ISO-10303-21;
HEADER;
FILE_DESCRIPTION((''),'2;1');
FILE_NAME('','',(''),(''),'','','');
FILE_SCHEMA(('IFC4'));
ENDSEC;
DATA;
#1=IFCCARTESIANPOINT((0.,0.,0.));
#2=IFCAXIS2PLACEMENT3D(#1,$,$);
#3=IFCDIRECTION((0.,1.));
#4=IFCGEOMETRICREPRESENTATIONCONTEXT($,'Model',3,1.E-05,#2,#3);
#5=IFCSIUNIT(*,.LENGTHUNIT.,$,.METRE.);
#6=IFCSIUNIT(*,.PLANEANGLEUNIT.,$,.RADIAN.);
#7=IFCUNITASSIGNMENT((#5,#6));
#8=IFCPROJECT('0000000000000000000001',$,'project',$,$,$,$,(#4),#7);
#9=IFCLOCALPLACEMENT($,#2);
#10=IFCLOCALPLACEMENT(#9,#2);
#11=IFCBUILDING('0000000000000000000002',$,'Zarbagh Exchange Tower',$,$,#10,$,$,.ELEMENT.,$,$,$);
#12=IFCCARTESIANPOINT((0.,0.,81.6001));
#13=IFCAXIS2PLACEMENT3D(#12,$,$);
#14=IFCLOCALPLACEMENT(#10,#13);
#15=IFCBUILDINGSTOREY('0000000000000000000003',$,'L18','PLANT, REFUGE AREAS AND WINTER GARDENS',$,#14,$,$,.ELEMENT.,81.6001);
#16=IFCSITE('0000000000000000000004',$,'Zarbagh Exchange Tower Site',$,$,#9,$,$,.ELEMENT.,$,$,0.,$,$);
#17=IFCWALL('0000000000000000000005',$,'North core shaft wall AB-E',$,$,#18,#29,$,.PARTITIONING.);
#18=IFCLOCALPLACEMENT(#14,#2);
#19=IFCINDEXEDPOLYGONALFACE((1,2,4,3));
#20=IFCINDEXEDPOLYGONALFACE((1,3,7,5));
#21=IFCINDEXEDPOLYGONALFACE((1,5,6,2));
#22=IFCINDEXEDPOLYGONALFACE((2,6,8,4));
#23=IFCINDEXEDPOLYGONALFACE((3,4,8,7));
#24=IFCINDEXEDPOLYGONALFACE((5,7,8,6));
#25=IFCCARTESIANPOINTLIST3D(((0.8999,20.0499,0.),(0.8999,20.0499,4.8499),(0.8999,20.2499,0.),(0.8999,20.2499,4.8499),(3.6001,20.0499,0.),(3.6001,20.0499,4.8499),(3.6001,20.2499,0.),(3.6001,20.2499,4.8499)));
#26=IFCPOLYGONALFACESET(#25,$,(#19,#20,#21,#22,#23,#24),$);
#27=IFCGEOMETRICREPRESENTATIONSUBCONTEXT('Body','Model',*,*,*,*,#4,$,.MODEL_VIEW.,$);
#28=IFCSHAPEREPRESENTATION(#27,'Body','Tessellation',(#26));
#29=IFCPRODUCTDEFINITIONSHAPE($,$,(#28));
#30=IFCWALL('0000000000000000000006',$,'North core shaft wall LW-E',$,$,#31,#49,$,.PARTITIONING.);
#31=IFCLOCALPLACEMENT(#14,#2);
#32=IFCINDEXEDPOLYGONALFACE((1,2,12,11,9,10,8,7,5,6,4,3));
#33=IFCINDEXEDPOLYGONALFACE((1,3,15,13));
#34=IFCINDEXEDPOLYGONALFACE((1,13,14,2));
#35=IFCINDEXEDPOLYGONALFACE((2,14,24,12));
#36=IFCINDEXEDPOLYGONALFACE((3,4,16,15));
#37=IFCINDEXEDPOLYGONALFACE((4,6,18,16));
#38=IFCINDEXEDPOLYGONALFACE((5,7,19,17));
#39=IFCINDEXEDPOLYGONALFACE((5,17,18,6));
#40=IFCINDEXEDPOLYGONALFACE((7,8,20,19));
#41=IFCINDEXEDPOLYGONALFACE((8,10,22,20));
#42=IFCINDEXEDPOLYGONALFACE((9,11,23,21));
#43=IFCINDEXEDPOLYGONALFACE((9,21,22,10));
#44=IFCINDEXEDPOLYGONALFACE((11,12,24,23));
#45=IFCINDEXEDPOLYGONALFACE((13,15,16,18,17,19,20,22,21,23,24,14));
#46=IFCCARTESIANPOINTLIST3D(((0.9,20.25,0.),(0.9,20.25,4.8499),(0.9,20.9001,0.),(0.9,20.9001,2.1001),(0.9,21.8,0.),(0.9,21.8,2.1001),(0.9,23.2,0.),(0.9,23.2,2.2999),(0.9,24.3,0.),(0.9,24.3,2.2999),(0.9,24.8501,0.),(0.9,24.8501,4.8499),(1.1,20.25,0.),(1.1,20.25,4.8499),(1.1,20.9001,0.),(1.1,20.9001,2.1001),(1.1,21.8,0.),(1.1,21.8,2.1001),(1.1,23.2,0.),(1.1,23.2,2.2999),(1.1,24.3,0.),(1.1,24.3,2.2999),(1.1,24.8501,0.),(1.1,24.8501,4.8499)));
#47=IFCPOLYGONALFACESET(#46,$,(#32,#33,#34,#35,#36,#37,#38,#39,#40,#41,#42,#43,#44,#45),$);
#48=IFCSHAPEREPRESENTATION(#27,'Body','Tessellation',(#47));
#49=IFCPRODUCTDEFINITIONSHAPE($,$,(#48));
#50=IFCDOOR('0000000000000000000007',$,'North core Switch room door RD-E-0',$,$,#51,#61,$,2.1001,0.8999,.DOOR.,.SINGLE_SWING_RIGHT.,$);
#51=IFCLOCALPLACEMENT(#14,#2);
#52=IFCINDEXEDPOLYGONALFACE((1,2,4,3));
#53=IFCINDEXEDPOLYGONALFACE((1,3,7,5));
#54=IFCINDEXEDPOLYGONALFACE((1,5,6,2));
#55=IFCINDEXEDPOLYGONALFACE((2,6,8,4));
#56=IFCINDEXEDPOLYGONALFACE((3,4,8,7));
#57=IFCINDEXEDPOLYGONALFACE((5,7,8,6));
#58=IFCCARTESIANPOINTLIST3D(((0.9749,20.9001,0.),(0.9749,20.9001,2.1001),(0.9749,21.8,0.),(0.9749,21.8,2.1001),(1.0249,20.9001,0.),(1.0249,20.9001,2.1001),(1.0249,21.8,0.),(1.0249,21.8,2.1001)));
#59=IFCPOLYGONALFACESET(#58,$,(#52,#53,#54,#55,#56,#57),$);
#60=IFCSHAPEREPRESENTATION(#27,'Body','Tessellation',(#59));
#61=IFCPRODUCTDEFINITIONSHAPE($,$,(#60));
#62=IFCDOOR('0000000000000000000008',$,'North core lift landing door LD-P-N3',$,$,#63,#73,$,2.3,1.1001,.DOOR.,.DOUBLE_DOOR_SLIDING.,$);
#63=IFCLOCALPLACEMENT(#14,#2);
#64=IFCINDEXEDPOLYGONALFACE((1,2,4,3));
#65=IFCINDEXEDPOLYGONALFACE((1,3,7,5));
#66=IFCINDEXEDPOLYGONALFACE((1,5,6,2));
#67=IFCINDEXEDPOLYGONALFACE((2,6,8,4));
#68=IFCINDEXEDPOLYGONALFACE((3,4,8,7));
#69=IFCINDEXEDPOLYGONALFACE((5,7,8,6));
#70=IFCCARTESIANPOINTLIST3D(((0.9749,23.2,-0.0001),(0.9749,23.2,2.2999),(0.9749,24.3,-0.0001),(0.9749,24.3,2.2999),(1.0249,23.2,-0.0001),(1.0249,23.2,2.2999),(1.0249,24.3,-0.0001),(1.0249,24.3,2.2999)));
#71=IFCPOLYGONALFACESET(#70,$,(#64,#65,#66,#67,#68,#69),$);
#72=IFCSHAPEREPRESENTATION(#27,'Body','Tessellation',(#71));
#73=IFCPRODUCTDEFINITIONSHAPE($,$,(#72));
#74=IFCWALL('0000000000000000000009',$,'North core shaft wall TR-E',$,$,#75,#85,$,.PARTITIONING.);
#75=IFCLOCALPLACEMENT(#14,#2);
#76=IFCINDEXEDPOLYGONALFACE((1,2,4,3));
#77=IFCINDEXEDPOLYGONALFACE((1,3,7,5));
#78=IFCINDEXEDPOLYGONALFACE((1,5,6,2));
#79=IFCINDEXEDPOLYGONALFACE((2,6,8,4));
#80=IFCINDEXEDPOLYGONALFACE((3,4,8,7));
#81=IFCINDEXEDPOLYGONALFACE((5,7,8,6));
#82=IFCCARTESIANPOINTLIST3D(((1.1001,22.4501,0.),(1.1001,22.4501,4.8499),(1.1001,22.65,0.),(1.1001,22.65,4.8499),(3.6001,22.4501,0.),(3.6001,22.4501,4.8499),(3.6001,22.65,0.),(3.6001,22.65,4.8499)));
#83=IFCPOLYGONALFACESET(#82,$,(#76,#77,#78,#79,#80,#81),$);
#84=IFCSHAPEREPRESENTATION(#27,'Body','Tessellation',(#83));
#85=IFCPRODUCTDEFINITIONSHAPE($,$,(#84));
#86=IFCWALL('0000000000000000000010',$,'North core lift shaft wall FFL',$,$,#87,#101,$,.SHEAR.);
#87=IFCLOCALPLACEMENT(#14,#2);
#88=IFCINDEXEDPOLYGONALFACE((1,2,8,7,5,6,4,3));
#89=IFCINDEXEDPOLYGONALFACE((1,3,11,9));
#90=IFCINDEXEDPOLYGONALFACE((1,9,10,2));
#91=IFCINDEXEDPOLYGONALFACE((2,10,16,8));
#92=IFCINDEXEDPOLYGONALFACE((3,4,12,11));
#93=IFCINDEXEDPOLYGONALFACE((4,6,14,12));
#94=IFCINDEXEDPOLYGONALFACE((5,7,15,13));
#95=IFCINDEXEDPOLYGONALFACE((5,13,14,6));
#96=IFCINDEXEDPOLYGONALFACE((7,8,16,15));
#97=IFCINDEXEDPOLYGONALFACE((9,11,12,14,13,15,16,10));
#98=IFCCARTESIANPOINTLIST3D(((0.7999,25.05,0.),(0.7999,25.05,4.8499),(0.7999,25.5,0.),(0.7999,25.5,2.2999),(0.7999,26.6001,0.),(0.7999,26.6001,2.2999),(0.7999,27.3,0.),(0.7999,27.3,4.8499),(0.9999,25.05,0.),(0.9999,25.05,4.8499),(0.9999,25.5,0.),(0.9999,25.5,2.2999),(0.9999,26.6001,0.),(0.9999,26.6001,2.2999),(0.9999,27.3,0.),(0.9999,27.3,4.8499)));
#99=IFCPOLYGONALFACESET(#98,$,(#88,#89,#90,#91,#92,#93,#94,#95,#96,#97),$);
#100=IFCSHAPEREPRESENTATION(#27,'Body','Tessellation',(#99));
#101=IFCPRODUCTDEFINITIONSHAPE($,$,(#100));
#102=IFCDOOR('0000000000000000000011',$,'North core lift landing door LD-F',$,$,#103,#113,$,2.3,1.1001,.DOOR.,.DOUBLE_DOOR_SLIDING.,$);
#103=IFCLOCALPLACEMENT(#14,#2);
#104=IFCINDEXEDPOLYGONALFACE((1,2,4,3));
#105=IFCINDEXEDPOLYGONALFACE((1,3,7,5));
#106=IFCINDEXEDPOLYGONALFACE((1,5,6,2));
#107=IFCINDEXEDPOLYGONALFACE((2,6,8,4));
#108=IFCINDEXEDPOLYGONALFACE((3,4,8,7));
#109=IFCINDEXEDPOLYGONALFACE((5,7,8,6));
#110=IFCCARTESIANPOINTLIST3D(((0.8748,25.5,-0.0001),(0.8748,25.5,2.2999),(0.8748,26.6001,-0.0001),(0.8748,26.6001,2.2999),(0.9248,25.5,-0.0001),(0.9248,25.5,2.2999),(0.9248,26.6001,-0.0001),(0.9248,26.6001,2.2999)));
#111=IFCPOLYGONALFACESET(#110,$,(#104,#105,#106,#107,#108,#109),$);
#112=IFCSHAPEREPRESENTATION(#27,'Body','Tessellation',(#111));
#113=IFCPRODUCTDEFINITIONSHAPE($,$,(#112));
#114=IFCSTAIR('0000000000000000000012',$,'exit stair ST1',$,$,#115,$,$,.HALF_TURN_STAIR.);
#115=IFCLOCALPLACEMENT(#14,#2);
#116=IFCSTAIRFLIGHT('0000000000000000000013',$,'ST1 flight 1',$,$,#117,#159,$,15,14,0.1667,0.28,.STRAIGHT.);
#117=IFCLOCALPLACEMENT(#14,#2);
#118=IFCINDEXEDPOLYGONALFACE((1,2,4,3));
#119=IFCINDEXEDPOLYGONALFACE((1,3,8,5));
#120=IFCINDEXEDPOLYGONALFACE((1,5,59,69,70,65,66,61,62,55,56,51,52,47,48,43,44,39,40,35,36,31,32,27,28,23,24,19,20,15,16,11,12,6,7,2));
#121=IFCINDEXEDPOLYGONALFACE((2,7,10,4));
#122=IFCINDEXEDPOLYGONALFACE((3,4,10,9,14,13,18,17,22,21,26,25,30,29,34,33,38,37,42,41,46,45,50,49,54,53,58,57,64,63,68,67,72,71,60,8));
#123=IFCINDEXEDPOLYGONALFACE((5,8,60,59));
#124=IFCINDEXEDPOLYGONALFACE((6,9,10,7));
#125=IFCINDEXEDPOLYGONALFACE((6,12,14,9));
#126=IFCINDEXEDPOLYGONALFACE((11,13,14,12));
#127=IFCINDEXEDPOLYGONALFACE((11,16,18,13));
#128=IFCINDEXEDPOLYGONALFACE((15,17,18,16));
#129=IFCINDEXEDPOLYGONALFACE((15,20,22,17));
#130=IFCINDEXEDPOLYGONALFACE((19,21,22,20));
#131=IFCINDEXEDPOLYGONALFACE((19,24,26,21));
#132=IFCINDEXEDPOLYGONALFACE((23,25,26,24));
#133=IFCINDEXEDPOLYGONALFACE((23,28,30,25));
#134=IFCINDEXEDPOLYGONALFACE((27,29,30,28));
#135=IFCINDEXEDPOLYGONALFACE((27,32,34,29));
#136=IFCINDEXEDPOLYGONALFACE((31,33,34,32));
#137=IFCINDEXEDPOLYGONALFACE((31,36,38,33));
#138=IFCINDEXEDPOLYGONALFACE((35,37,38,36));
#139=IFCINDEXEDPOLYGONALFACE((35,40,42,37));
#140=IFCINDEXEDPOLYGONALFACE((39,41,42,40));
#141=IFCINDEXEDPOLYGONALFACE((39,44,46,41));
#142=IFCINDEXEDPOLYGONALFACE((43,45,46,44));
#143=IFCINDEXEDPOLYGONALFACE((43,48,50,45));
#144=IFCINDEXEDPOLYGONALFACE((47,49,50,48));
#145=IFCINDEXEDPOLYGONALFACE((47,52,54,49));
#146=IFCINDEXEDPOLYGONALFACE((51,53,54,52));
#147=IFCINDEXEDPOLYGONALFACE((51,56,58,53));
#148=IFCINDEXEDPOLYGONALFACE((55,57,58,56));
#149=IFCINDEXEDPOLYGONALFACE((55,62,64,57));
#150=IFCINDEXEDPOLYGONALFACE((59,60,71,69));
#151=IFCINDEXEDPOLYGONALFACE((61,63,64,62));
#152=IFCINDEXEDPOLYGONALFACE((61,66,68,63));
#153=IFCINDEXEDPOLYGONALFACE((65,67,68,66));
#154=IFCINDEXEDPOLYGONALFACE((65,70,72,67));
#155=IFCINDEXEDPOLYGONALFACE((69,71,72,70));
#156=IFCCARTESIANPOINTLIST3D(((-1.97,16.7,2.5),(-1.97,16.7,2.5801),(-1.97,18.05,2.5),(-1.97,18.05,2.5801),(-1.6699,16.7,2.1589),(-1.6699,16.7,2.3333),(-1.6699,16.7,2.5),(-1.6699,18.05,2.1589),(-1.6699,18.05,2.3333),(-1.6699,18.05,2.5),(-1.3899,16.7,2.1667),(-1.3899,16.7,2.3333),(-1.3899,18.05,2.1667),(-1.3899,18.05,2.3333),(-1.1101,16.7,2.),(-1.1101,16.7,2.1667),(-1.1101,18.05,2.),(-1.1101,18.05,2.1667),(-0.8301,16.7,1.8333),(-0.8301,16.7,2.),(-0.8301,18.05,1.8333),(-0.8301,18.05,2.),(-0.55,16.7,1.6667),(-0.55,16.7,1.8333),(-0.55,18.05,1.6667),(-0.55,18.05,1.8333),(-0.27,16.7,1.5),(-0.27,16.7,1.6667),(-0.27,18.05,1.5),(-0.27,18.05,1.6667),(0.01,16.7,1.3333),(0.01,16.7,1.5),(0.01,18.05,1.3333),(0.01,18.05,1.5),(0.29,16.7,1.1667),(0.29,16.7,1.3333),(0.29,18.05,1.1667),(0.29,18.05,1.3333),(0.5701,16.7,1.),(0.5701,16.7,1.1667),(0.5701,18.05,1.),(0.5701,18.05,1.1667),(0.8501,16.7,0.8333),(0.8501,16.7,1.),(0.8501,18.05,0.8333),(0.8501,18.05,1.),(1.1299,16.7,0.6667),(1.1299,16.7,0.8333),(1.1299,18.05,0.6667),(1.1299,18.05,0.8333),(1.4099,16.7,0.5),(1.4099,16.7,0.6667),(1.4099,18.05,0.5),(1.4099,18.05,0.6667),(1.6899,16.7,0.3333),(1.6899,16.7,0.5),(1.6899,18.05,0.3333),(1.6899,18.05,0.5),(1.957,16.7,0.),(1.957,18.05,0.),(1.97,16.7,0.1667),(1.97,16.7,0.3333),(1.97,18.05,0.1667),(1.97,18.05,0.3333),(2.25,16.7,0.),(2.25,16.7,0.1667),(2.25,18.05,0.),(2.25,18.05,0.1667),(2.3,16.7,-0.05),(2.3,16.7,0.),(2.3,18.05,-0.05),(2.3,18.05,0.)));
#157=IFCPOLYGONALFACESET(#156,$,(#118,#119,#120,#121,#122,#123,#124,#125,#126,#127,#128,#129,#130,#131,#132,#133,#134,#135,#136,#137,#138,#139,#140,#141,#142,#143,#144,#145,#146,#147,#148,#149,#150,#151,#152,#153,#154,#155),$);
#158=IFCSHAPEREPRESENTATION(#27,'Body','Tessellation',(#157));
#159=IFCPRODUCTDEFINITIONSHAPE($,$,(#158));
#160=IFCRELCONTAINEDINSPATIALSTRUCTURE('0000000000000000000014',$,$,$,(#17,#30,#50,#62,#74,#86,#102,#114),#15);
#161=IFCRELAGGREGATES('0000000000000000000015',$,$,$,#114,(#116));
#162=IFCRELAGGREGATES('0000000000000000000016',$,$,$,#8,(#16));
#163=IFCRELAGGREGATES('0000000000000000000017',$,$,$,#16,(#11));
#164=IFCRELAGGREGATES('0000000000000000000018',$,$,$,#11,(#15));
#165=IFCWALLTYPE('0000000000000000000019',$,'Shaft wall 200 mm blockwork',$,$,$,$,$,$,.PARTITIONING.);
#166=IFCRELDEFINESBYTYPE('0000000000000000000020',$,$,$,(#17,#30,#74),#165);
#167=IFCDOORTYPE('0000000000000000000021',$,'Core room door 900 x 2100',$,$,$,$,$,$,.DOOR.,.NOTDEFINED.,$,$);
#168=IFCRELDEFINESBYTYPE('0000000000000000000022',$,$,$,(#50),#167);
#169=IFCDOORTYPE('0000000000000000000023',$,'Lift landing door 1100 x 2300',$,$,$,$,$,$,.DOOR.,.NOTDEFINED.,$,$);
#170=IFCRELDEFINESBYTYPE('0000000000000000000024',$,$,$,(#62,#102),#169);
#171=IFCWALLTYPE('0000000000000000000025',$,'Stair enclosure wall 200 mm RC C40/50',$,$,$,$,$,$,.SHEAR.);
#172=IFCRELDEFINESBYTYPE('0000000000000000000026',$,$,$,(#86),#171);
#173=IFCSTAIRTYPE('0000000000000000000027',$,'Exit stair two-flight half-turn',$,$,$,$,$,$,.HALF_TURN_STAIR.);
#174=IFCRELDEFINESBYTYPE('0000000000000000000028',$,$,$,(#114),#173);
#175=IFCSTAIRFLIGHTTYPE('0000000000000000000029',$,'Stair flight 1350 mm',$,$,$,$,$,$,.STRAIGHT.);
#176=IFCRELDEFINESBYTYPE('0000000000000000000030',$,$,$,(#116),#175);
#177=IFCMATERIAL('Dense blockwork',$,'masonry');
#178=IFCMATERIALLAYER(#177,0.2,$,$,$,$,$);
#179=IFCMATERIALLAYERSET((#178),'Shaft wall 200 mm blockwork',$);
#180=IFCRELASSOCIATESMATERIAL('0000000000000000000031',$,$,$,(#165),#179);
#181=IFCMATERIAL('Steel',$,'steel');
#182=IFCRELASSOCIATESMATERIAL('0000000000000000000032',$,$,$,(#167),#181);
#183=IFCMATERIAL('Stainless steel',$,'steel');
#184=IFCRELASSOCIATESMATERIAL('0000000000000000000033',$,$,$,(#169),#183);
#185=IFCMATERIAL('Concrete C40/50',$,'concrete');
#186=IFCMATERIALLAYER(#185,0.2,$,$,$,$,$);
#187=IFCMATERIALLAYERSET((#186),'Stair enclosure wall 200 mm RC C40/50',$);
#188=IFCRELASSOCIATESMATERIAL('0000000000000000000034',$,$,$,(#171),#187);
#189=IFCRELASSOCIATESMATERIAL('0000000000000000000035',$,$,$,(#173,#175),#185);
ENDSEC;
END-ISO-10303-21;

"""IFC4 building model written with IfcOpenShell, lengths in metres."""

from ifc_helpers import new_model, si_unit, direction, frame, frame_2d, origin, place, context, subcontext, project, spatial, polyline, rectangle, outline, extrude, material, layer, layer_set, type_object, element, fill, aggregate, save


model = new_model("IFC4")

# Units and contexts
model_context = context("Model", 3, precision=1e-05, world=origin(), true_north=direction((0.0, 1.0)))
body_context = subcontext(model_context, "Body", "Model", "MODEL_VIEW")
ifc_project = project(units=[si_unit("LENGTHUNIT", "METRE"), si_unit("PLANEANGLEUNIT", "RADIAN")], contexts=[model_context])

# Site, building, storey
site_placement = place(None, origin())
site = spatial("IfcSite", under=ifc_project, at=site_placement, Name="Zarbagh Exchange Tower Site", CompositionType="ELEMENT", RefElevation=0.0)
building_placement = place(site_placement, origin())
building = spatial("IfcBuilding", under=site, at=building_placement, Name="Zarbagh Exchange Tower", CompositionType="ELEMENT")
storey_placement = place(building_placement, frame((0.0, 0.0, 81.6001)))
storey = spatial("IfcBuildingStorey", under=building, at=storey_placement, Name="L18", Description="PLANT, REFUGE AREAS AND WINTER GARDENS", CompositionType="ELEMENT", Elevation=81.6001)

# Wall
ifc_material_1 = material(Name="Dense blockwork", Category="masonry")
ifc_layer_1 = layer(ifc_material_1, 0.2)
ifc_layer_set_1 = layer_set([ifc_layer_1], Name="Shaft wall 200 mm blockwork")
wall_type_1 = type_object("IfcWallType", Name="Shaft wall 200 mm blockwork", PredefinedType="PARTITIONING", material=ifc_layer_set_1)
wall_1_placement = place(storey_placement, frame((0.8999, 20.1499, 0.0), z_axis=(0.0, 0.0, 1.0), x_axis=(1.0, 0.0, 0.0)))
element("IfcWall", 1, at=wall_1_placement, inside=storey, type_object=wall_type_1, Name="North core shaft wall AB-E", PredefinedType="PARTITIONING", context=body_context, shape_type="SweptSolid", body=[
    extrude(rectangle(XDim=2.7002, YDim=0.2, at=frame_2d((1.3501, 0.0))), origin(), (0.0, 0.0, 1.0), 4.8499),
])

# Wall, openings, doors
wall_2_placement = place(storey_placement, frame((1.0, 24.8501, 0.0), z_axis=(0.0, 0.0, 1.0), x_axis=(0.0, -1.0, 0.0)))
wall_2 = element("IfcWall", 2, at=wall_2_placement, inside=storey, type_object=wall_type_1, Name="North core shaft wall LW-E", PredefinedType="PARTITIONING", context=body_context, shape_type="SweptSolid", body=[
    extrude(rectangle(XDim=4.6001, YDim=0.2, at=frame_2d((2.3, 0.0))), origin(), (0.0, 0.0, 1.0), 4.8499),
])
opening_1_placement = place(wall_2_placement, frame((0.55, 0.0, 0.0)))
opening_1 = element("IfcOpeningElement", 3, at=opening_1_placement, cuts=wall_2, PredefinedType="OPENING", context=body_context, shape_type="SweptSolid", body=[
    extrude(rectangle(XDim=1.1001, YDim=2.3, at=frame_2d((0.55, 1.1499))), frame((0.0, 0.1099, 0.0), z_axis=(0.0, -1.0, 0.0), x_axis=(1.0, 0.0, 0.0)), (0.0, 0.0, 1.0), 0.22),
])
opening_2_placement = place(wall_2_placement, frame((3.05, 0.0, 0.0)))
opening_2 = element("IfcOpeningElement", 4, at=opening_2_placement, cuts=wall_2, PredefinedType="OPENING", context=body_context, shape_type="SweptSolid", body=[
    extrude(rectangle(XDim=0.8999, YDim=2.1001, at=frame_2d((0.45, 1.05))), frame((0.0, 0.1099, 0.0), z_axis=(0.0, -1.0, 0.0), x_axis=(1.0, 0.0, 0.0)), (0.0, 0.0, 1.0), 0.22),
])
ifc_material_2 = material(Name="Steel", Category="steel")
door_type_1 = type_object("IfcDoorType", Name="Core room door 900 x 2100", OperationType="NOTDEFINED", PredefinedType="DOOR", material=ifc_material_2)
door_1_placement = place(opening_2_placement, origin())
door_1 = element("IfcDoor", 5, at=door_1_placement, inside=storey, type_object=door_type_1, Name="North core Switch room door RD-E-0", OperationType="SINGLE_SWING_RIGHT", OverallHeight=2.1001, OverallWidth=0.8999, PredefinedType="DOOR", context=body_context, shape_type="SweptSolid", body=[
    extrude(rectangle(XDim=0.8999, YDim=2.1001, at=frame_2d((0.45, 1.05))), frame((0.0, 0.0249, 0.0), z_axis=(0.0, -1.0, 0.0), x_axis=(1.0, 0.0, 0.0)), (0.0, 0.0, 1.0), 0.05),
])
fill(opening_2, door_1)
ifc_material_3 = material(Name="Stainless steel", Category="steel")
door_type_2 = type_object("IfcDoorType", Name="Lift landing door 1100 x 2300", OperationType="NOTDEFINED", PredefinedType="DOOR", material=ifc_material_3)
door_2_placement = place(opening_1_placement, origin())
door_2 = element("IfcDoor", 6, at=door_2_placement, inside=storey, type_object=door_type_2, Name="North core lift landing door LD-P-N3", OperationType="DOUBLE_DOOR_SLIDING", OverallHeight=2.3, OverallWidth=1.1001, PredefinedType="DOOR", context=body_context, shape_type="SweptSolid", body=[
    extrude(rectangle(XDim=1.1001, YDim=2.3, at=frame_2d((0.55, 1.1499))), frame((0.0, 0.0249, 0.0), z_axis=(0.0, -1.0, 0.0), x_axis=(1.0, 0.0, 0.0)), (0.0, 0.0, 1.0), 0.05),
])
fill(opening_1, door_2)

# Wall
wall_3_placement = place(storey_placement, frame((1.1001, 22.55, 0.0), z_axis=(0.0, 0.0, 1.0), x_axis=(1.0, 0.0, 0.0)))
element("IfcWall", 7, at=wall_3_placement, inside=storey, type_object=wall_type_1, Name="North core shaft wall TR-E", PredefinedType="PARTITIONING", context=body_context, shape_type="SweptSolid", body=[
    extrude(rectangle(XDim=2.5, YDim=0.2, at=frame_2d((1.25, 0.0))), origin(), (0.0, 0.0, 1.0), 4.8499),
])

# Wall, opening, door
ifc_material_4 = material(Name="Concrete C40/50", Category="concrete")
ifc_layer_2 = layer(ifc_material_4, 0.2)
ifc_layer_set_2 = layer_set([ifc_layer_2], Name="Stair enclosure wall 200 mm RC C40/50")
wall_type_2 = type_object("IfcWallType", Name="Stair enclosure wall 200 mm RC C40/50", PredefinedType="SHEAR", material=ifc_layer_set_2)
wall_4_placement = place(storey_placement, frame((0.8999, 27.3, 0.0), z_axis=(0.0, 0.0, 1.0), x_axis=(0.0, -1.0, 0.0)))
wall_4 = element("IfcWall", 8, at=wall_4_placement, inside=storey, type_object=wall_type_2, Name="North core lift shaft wall FFL", PredefinedType="SHEAR", context=body_context, shape_type="SweptSolid", body=[
    extrude(rectangle(XDim=2.25, YDim=0.2, at=frame_2d((1.125, 0.0))), origin(), (0.0, 0.0, 1.0), 4.8499),
])
opening_3_placement = place(wall_4_placement, frame((0.7, 0.0, 0.0)))
opening_3 = element("IfcOpeningElement", 9, at=opening_3_placement, cuts=wall_4, PredefinedType="OPENING", context=body_context, shape_type="SweptSolid", body=[
    extrude(rectangle(XDim=1.1001, YDim=2.3, at=frame_2d((0.55, 1.1499))), frame((0.0, 0.1099, 0.0), z_axis=(0.0, -1.0, 0.0), x_axis=(1.0, 0.0, 0.0)), (0.0, 0.0, 1.0), 0.22),
])
door_3_placement = place(opening_3_placement, origin())
door_3 = element("IfcDoor", 10, at=door_3_placement, inside=storey, type_object=door_type_2, Name="North core lift landing door LD-F", OperationType="DOUBLE_DOOR_SLIDING", OverallHeight=2.3, OverallWidth=1.1001, PredefinedType="DOOR", context=body_context, shape_type="SweptSolid", body=[
    extrude(rectangle(XDim=1.1001, YDim=2.3, at=frame_2d((0.55, 1.1499))), frame((0.0, 0.0249, 0.0), z_axis=(0.0, -1.0, 0.0), x_axis=(1.0, 0.0, 0.0)), (0.0, 0.0, 1.0), 0.05),
])
fill(opening_3, door_3)

# Stair, stair flight
stair_type = type_object("IfcStairType", Name="Exit stair two-flight half-turn", PredefinedType="HALF_TURN_STAIR", material=ifc_material_4)
stair_placement = place(storey_placement, origin())
stair = element("IfcStair", 11, at=stair_placement, inside=storey, type_object=stair_type, Name="exit stair ST1", PredefinedType="HALF_TURN_STAIR")
stair_flight_type = type_object("IfcStairFlightType", Name="Stair flight 1350 mm", PredefinedType="STRAIGHT", material=ifc_material_4)
stair_flight_placement = place(storey_placement, frame((2.25, 17.375, 0.0), z_axis=(0.0, 0.0, 1.0), x_axis=(-1.0, 0.0, 0.0)))
stair_flight = element("IfcStairFlight", 12, at=stair_flight_placement, type_object=stair_flight_type, Name="ST1 flight 1", NumberOfRisers=15, NumberOfTreads=14, PredefinedType="STRAIGHT", RiserHeight=0.1667, TreadLength=0.28, context=body_context, shape_type="SweptSolid", body=[
    extrude(outline(polyline([(-0.05, -0.05), (-0.05, 0.0), (0.0, 0.0), (0.0, 0.1667), (0.28, 0.1667), (0.28, 0.3333), (0.5601, 0.3333), (0.5601, 0.5), (0.8401, 0.5), (0.8401, 0.6667), (1.1201, 0.6667), (1.1201, 0.8333), (1.3999, 0.8333), (1.3999, 1.0), (1.6799, 1.0), (1.6799, 1.1667), (1.96, 1.1667), (1.96, 1.3333), (2.24, 1.3333), (2.24, 1.5), (2.52, 1.5), (2.52, 1.6667), (2.8, 1.6667), (2.8, 1.8333), (3.0801, 1.8333), (3.0801, 2.0), (3.3601, 2.0), (3.3601, 2.1667), (3.6399, 2.1667), (3.6399, 2.3333), (3.9199, 2.3333), (3.9199, 2.5), (4.22, 2.5801), (4.22, 2.5), (3.9199, 2.1589), (0.293, 0.0), (-0.05, -0.05)])), frame((0.0, 0.675, 0.0), z_axis=(0.0, -1.0, 0.0), x_axis=(1.0, 0.0, 0.0)), (0.0, 0.0, 1.0), 1.3501),
])
aggregate(stair, [stair_flight])

save(model, "model.ifc")
